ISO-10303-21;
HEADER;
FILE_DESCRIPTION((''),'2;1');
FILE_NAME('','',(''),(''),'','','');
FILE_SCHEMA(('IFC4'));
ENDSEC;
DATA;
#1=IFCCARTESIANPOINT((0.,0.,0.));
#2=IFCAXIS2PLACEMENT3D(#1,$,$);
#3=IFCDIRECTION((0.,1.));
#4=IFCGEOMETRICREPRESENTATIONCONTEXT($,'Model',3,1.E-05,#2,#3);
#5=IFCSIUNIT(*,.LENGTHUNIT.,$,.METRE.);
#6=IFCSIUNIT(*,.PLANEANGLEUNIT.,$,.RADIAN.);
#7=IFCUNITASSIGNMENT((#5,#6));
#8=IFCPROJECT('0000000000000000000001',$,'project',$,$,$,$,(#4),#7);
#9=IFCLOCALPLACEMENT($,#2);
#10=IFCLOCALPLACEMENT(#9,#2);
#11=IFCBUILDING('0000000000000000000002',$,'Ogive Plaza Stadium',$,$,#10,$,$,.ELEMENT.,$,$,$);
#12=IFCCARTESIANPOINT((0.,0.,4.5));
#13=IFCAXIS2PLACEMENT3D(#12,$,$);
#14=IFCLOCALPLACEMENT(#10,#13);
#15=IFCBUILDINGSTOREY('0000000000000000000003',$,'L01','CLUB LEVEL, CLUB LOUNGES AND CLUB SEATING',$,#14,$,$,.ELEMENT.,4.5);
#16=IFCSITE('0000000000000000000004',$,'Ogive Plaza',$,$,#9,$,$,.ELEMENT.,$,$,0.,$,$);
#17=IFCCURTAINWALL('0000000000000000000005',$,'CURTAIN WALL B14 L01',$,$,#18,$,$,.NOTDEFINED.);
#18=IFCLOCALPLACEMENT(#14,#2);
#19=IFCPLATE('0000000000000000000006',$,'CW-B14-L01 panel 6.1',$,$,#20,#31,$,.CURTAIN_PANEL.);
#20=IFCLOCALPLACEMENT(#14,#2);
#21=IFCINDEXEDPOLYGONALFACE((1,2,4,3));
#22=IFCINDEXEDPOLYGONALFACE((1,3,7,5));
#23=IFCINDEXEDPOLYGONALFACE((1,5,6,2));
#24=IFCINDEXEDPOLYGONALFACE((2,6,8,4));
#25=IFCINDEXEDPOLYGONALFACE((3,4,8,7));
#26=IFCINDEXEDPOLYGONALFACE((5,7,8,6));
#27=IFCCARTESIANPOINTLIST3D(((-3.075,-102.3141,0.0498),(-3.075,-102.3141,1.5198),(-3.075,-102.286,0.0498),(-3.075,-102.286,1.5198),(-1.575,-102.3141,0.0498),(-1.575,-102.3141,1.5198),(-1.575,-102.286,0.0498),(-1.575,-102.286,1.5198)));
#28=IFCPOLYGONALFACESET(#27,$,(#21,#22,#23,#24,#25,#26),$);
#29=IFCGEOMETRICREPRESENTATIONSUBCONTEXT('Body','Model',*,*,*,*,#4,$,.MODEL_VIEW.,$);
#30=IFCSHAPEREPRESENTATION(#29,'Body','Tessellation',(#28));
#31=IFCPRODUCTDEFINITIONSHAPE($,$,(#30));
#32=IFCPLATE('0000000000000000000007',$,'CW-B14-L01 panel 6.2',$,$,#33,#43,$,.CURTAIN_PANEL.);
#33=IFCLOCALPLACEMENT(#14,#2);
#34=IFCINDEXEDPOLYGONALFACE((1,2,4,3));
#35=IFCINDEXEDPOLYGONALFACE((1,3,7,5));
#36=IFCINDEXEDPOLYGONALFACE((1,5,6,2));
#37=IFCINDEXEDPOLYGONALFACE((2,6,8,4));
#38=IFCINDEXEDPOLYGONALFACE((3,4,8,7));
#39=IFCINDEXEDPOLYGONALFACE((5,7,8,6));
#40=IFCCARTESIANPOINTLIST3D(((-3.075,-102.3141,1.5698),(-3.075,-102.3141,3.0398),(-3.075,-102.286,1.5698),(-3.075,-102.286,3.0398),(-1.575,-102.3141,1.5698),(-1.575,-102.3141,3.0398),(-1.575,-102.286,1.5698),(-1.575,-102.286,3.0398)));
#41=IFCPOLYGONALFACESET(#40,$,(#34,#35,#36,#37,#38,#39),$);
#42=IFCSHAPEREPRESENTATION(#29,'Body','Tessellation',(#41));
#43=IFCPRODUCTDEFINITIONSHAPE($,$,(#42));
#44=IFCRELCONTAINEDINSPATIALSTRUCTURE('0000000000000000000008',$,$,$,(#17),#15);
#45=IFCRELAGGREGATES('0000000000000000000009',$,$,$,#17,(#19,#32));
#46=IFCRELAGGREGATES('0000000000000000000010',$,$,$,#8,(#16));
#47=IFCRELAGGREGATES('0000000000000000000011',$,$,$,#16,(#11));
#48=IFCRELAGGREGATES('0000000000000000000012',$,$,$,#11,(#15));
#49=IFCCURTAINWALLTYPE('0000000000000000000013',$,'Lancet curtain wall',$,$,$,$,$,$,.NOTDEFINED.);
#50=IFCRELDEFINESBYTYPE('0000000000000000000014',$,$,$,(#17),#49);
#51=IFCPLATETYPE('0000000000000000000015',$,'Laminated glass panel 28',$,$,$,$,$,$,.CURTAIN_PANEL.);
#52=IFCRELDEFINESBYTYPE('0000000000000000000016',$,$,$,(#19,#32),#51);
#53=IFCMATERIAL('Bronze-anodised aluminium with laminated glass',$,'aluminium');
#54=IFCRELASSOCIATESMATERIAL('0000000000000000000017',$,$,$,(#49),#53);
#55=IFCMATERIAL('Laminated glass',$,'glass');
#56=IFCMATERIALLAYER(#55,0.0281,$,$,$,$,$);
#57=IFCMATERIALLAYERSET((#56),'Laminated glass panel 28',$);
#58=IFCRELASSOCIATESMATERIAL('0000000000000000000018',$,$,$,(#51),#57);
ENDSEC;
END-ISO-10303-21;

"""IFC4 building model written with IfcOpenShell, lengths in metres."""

from ifc_helpers import new_model, si_unit, direction, frame, origin, origin_2d, place, context, subcontext, project, spatial, rectangle, extrude, material, layer, layer_set, type_object, element, aggregate, save


model = new_model("IFC4")

# Units and contexts
model_context = context("Model", 3, precision=1e-05, world=origin(), true_north=direction((0.0, 1.0)))
body_context = subcontext(model_context, "Body", "Model", "MODEL_VIEW")
ifc_project = project(units=[si_unit("LENGTHUNIT", "METRE"), si_unit("PLANEANGLEUNIT", "RADIAN")], contexts=[model_context])

# Site, building, storey
site_placement = place(None, origin())
site = spatial("IfcSite", under=ifc_project, at=site_placement, Name="Ogive Plaza", CompositionType="ELEMENT", RefElevation=0.0)
building_placement = place(site_placement, origin())
building = spatial("IfcBuilding", under=site, at=building_placement, Name="Ogive Plaza Stadium", CompositionType="ELEMENT")
storey_placement = place(building_placement, frame((0.0, 0.0, 4.5)))
storey = spatial("IfcBuildingStorey", under=building, at=storey_placement, Name="L01", Description="CLUB LEVEL, CLUB LOUNGES AND CLUB SEATING", CompositionType="ELEMENT", Elevation=4.5)

# Curtain wall, plates
ifc_material_1 = material(Name="Bronze-anodised aluminium with laminated glass", Category="aluminium")
curtain_wall_type = type_object("IfcCurtainWallType", Name="Lancet curtain wall", PredefinedType="NOTDEFINED", material=ifc_material_1)
curtain_wall_placement = place(storey_placement, origin())
curtain_wall = element("IfcCurtainWall", 1, at=curtain_wall_placement, inside=storey, type_object=curtain_wall_type, Name="CURTAIN WALL B14 L01", PredefinedType="NOTDEFINED")
ifc_material_2 = material(Name="Laminated glass", Category="glass")
ifc_layer = layer(ifc_material_2, 0.0281)
ifc_layer_set = layer_set([ifc_layer], Name="Laminated glass panel 28")
plate_type = type_object("IfcPlateType", Name="Laminated glass panel 28", PredefinedType="CURTAIN_PANEL", material=ifc_layer_set)
plate_1_placement = place(storey_placement, frame((-2.325, -102.3, 0.0498), z_axis=(0.0, 0.0, 1.0), x_axis=(-1.0, 0.0, 0.0)))
plate_1 = element("IfcPlate", 2, at=plate_1_placement, type_object=plate_type, Name="CW-B14-L01 panel 6.1", PredefinedType="CURTAIN_PANEL", context=body_context, shape_type="SweptSolid", body=[
    extrude(rectangle(XDim=1.5, YDim=0.0281, at=origin_2d()), origin(), (0.0, 0.0, 1.0), 1.47),
])
plate_2_placement = place(storey_placement, frame((-2.325, -102.3, 1.5698), z_axis=(0.0, 0.0, 1.0), x_axis=(-1.0, 0.0, 0.0)))
plate_2 = element("IfcPlate", 3, at=plate_2_placement, type_object=plate_type, Name="CW-B14-L01 panel 6.2", PredefinedType="CURTAIN_PANEL", context=body_context, shape_type="SweptSolid", body=[
    extrude(rectangle(XDim=1.5, YDim=0.0281, at=origin_2d()), origin(), (0.0, 0.0, 1.0), 1.47),
])
aggregate(curtain_wall, [plate_1, plate_2])

save(model, "model.ifc")
